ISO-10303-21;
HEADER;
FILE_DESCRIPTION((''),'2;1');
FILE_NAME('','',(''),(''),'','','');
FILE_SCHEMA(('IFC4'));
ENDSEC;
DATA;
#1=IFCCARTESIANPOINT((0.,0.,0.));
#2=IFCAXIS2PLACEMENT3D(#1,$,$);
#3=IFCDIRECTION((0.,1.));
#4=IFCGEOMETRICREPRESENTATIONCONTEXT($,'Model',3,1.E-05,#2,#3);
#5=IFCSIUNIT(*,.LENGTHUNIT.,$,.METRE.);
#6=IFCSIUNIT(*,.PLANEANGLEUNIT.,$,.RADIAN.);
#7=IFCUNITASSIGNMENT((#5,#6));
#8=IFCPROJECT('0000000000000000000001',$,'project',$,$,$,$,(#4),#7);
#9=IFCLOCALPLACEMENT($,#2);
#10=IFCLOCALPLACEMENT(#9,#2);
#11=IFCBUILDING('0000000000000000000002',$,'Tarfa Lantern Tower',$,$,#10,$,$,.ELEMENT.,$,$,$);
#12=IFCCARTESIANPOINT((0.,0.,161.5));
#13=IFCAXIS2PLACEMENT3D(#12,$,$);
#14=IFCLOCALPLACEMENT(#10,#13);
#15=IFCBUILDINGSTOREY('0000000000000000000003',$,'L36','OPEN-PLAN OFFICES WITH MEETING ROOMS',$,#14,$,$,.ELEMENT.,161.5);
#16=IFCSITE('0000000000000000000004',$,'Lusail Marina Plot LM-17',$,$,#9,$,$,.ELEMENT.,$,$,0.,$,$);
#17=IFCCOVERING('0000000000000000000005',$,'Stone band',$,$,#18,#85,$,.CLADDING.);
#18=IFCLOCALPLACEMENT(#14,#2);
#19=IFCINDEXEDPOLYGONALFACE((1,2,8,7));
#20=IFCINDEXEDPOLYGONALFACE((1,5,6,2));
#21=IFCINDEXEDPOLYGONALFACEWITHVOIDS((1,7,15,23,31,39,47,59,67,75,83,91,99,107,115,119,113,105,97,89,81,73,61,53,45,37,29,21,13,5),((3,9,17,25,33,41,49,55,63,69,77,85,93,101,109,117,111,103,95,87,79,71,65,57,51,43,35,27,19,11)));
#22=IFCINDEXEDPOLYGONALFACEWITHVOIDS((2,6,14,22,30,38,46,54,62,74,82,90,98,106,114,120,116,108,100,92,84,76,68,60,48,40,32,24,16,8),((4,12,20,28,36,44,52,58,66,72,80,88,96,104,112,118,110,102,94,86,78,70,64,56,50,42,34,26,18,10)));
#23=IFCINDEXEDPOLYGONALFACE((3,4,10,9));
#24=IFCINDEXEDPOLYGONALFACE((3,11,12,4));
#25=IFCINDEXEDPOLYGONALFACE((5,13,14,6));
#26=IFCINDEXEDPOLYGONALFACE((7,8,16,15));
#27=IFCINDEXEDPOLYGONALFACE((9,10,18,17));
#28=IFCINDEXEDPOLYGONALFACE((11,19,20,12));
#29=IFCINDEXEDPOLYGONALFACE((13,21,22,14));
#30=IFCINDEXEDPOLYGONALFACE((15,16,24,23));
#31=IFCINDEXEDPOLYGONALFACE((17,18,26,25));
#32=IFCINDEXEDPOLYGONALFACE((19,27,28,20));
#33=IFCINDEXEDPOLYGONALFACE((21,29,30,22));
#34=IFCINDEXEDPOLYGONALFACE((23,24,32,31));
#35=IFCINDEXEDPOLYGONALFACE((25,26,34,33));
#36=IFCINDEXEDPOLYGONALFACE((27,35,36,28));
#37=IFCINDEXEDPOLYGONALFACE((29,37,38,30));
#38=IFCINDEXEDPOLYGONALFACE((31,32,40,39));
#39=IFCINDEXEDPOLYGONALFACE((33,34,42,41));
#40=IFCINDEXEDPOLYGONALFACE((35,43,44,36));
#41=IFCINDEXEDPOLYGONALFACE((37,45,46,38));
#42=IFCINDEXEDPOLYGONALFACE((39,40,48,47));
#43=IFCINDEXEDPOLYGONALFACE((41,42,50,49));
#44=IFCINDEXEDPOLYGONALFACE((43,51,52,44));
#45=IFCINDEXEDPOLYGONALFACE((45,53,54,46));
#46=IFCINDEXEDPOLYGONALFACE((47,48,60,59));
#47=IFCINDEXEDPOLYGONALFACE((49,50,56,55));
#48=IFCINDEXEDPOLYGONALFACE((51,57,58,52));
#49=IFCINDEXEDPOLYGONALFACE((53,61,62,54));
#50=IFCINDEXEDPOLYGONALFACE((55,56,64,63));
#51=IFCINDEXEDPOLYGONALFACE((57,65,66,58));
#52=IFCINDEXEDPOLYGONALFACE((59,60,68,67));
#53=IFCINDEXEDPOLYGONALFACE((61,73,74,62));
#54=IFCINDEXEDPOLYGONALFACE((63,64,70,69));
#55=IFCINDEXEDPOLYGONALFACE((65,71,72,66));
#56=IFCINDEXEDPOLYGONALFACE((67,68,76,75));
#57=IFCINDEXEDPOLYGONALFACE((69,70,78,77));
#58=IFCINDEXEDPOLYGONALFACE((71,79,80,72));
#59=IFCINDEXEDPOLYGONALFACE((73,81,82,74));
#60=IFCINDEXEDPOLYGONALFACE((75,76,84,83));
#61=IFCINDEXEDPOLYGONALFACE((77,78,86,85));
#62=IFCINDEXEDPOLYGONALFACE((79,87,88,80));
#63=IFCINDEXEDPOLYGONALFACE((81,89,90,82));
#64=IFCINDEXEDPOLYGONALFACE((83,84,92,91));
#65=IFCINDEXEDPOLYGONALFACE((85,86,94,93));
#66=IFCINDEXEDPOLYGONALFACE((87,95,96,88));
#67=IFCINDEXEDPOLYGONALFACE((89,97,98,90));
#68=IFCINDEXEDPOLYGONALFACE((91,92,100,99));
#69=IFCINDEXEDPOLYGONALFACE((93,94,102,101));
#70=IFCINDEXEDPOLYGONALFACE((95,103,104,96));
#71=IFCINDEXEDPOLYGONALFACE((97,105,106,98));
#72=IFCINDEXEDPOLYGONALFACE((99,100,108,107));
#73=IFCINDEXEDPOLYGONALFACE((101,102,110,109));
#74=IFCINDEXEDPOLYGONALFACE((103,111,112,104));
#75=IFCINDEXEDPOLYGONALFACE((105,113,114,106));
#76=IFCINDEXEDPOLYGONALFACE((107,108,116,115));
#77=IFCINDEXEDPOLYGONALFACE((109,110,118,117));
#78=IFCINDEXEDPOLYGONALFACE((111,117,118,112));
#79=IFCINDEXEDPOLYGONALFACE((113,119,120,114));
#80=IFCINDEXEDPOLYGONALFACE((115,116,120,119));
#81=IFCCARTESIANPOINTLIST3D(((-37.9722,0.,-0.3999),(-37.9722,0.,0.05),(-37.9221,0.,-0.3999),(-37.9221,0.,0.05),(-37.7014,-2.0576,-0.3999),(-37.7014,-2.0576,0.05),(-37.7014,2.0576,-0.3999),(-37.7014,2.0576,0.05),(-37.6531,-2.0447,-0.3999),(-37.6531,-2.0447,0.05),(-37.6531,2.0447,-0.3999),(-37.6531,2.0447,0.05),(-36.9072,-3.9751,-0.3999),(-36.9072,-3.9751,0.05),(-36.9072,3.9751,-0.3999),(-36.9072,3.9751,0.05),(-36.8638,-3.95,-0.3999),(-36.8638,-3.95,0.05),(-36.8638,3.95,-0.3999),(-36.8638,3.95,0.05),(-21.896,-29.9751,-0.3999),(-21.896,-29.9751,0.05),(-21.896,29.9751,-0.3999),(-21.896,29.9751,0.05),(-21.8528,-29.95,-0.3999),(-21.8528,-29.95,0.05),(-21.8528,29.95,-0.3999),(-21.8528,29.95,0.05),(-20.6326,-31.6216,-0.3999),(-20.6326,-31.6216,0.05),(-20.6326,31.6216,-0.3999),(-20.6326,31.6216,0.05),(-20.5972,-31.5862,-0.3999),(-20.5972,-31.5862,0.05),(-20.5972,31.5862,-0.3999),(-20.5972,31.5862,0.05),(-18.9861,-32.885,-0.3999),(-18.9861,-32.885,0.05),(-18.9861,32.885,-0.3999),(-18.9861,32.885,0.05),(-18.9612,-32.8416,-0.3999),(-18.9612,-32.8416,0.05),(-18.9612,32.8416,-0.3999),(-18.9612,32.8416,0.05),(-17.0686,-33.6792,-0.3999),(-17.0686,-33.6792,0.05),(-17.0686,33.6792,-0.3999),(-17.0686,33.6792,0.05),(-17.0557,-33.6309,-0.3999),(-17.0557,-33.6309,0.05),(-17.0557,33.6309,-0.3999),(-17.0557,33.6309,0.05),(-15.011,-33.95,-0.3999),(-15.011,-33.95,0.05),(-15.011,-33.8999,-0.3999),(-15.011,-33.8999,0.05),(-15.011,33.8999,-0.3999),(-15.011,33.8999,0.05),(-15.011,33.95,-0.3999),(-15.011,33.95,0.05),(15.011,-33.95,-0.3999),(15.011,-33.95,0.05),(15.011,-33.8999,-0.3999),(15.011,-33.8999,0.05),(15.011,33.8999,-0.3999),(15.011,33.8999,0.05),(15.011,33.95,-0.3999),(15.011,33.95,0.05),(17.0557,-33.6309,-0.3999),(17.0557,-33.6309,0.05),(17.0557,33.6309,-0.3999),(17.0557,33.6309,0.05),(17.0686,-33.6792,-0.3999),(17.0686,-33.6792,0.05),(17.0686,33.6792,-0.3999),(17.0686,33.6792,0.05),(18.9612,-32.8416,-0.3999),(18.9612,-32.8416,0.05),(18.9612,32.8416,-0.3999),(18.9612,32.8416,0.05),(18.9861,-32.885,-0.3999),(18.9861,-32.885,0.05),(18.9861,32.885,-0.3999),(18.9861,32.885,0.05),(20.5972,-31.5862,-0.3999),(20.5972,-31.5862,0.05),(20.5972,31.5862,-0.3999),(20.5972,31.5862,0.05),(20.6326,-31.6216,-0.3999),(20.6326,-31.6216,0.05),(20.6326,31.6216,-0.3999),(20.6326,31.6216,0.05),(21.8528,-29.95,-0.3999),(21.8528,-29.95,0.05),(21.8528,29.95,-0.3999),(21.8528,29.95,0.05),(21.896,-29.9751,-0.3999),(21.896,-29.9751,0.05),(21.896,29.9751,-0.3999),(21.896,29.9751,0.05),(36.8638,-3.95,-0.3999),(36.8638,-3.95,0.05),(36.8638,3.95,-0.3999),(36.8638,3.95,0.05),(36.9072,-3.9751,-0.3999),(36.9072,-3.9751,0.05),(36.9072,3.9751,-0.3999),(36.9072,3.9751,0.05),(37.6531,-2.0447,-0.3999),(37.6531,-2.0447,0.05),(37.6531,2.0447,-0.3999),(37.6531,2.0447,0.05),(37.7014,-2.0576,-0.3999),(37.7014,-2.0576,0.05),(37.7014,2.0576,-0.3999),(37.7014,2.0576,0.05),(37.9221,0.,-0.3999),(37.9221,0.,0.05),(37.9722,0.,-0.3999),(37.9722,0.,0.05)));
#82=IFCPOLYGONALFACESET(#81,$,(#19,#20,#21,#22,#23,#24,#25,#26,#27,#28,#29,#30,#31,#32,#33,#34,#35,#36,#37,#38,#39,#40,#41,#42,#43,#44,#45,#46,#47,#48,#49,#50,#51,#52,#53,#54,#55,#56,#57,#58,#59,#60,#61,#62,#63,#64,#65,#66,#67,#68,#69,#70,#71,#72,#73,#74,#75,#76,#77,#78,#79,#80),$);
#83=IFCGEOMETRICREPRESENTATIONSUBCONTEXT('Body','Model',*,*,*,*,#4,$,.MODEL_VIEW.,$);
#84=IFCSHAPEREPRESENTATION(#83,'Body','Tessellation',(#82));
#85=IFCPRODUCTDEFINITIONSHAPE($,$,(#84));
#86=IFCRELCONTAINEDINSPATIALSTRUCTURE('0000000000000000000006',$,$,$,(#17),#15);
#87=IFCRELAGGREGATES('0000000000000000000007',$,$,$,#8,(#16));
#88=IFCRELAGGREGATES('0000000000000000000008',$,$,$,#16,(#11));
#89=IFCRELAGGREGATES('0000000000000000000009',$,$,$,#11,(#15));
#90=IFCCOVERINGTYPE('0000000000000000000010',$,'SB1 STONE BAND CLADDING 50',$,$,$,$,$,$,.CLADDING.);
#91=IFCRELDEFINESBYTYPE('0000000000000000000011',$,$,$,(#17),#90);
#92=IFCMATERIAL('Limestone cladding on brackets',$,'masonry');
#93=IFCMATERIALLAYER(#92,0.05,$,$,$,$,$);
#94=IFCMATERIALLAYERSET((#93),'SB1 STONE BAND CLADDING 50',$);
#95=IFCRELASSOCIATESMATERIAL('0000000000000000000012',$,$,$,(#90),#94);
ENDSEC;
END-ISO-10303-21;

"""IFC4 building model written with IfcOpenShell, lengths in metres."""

from ifc_helpers import new_model, si_unit, direction, frame, origin, place, context, subcontext, project, spatial, polyline, outline, extrude, material, layer, layer_set, type_object, element, save


model = new_model("IFC4")

# Units and contexts
model_context = context("Model", 3, precision=1e-05, world=origin(), true_north=direction((0.0, 1.0)))
body_context = subcontext(model_context, "Body", "Model", "MODEL_VIEW")
ifc_project = project(units=[si_unit("LENGTHUNIT", "METRE"), si_unit("PLANEANGLEUNIT", "RADIAN")], contexts=[model_context])

# Site, building, storey
site_placement = place(None, origin())
site = spatial("IfcSite", under=ifc_project, at=site_placement, Name="Lusail Marina Plot LM-17", CompositionType="ELEMENT", RefElevation=0.0)
building_placement = place(site_placement, origin())
building = spatial("IfcBuilding", under=site, at=building_placement, Name="Tarfa Lantern Tower", CompositionType="ELEMENT")
storey_placement = place(building_placement, frame((0.0, 0.0, 161.5)))
storey = spatial("IfcBuildingStorey", under=building, at=storey_placement, Name="L36", Description="OPEN-PLAN OFFICES WITH MEETING ROOMS", CompositionType="ELEMENT", Elevation=161.5)

# Covering
ifc_material_1 = material(Name="Limestone cladding on brackets", Category="masonry")
ifc_layer_1 = layer(ifc_material_1, 0.05)
ifc_layer_set_1 = layer_set([ifc_layer_1], Name="SB1 STONE BAND CLADDING 50")
covering_type_1 = type_object("IfcCoveringType", Name="SB1 STONE BAND CLADDING 50", PredefinedType="CLADDING", material=ifc_layer_set_1)
covering_1_placement = place(storey_placement, frame((0.0, 0.0, -0.3999)))
element("IfcCovering", 1, at=covering_1_placement, inside=storey, type_object=covering_type_1, Name="Stone band", PredefinedType="CLADDING", context=body_context, shape_type="SweptSolid", body=[
    extrude(outline(polyline([(36.9072, 3.9751), (21.896, 29.9751), (20.6326, 31.6216), (18.9861, 32.885), (17.0686, 33.6792), (15.011, 33.95), (-15.011, 33.95), (-17.0686, 33.6792), (-18.9861, 32.885), (-20.6326, 31.6216), (-21.896, 29.9751), (-36.9072, 3.9751), (-37.7014, 2.0576), (-37.9722, 0.0), (-37.7014, -2.0576), (-36.9072, -3.9751), (-21.896, -29.9751), (-20.6326, -31.6216), (-18.9861, -32.885), (-17.0686, -33.6792), (-15.011, -33.95), (15.011, -33.95), (17.0686, -33.6792), (18.9861, -32.885), (20.6326, -31.6216), (21.896, -29.9751), (36.9072, -3.9751), (37.7014, -2.0576), (37.9722, 0.0), (37.7014, 2.0576), (36.9072, 3.9751)]), holes=[polyline([(36.8638, 3.95), (21.8528, 29.95), (20.5972, 31.5862), (18.9612, 32.8416), (17.0557, 33.6309), (15.011, 33.8999), (-15.011, 33.8999), (-17.0557, 33.6309), (-18.9612, 32.8416), (-20.5972, 31.5862), (-21.8528, 29.95), (-36.8638, 3.95), (-37.6531, 2.0447), (-37.9221, 0.0), (-37.6531, -2.0447), (-36.8638, -3.95), (-21.8528, -29.95), (-20.5972, -31.5862), (-18.9612, -32.8416), (-17.0557, -33.6309), (-15.011, -33.8999), (15.011, -33.8999), (17.0557, -33.6309), (18.9612, -32.8416), (20.5972, -31.5862), (21.8528, -29.95), (36.8638, -3.95), (37.6531, -2.0447), (37.9221, 0.0), (37.6531, 2.0447), (36.8638, 3.95)])]), origin(), (0.0, 0.0, 1.0), 0.45),
])

save(model, "model.ifc")
